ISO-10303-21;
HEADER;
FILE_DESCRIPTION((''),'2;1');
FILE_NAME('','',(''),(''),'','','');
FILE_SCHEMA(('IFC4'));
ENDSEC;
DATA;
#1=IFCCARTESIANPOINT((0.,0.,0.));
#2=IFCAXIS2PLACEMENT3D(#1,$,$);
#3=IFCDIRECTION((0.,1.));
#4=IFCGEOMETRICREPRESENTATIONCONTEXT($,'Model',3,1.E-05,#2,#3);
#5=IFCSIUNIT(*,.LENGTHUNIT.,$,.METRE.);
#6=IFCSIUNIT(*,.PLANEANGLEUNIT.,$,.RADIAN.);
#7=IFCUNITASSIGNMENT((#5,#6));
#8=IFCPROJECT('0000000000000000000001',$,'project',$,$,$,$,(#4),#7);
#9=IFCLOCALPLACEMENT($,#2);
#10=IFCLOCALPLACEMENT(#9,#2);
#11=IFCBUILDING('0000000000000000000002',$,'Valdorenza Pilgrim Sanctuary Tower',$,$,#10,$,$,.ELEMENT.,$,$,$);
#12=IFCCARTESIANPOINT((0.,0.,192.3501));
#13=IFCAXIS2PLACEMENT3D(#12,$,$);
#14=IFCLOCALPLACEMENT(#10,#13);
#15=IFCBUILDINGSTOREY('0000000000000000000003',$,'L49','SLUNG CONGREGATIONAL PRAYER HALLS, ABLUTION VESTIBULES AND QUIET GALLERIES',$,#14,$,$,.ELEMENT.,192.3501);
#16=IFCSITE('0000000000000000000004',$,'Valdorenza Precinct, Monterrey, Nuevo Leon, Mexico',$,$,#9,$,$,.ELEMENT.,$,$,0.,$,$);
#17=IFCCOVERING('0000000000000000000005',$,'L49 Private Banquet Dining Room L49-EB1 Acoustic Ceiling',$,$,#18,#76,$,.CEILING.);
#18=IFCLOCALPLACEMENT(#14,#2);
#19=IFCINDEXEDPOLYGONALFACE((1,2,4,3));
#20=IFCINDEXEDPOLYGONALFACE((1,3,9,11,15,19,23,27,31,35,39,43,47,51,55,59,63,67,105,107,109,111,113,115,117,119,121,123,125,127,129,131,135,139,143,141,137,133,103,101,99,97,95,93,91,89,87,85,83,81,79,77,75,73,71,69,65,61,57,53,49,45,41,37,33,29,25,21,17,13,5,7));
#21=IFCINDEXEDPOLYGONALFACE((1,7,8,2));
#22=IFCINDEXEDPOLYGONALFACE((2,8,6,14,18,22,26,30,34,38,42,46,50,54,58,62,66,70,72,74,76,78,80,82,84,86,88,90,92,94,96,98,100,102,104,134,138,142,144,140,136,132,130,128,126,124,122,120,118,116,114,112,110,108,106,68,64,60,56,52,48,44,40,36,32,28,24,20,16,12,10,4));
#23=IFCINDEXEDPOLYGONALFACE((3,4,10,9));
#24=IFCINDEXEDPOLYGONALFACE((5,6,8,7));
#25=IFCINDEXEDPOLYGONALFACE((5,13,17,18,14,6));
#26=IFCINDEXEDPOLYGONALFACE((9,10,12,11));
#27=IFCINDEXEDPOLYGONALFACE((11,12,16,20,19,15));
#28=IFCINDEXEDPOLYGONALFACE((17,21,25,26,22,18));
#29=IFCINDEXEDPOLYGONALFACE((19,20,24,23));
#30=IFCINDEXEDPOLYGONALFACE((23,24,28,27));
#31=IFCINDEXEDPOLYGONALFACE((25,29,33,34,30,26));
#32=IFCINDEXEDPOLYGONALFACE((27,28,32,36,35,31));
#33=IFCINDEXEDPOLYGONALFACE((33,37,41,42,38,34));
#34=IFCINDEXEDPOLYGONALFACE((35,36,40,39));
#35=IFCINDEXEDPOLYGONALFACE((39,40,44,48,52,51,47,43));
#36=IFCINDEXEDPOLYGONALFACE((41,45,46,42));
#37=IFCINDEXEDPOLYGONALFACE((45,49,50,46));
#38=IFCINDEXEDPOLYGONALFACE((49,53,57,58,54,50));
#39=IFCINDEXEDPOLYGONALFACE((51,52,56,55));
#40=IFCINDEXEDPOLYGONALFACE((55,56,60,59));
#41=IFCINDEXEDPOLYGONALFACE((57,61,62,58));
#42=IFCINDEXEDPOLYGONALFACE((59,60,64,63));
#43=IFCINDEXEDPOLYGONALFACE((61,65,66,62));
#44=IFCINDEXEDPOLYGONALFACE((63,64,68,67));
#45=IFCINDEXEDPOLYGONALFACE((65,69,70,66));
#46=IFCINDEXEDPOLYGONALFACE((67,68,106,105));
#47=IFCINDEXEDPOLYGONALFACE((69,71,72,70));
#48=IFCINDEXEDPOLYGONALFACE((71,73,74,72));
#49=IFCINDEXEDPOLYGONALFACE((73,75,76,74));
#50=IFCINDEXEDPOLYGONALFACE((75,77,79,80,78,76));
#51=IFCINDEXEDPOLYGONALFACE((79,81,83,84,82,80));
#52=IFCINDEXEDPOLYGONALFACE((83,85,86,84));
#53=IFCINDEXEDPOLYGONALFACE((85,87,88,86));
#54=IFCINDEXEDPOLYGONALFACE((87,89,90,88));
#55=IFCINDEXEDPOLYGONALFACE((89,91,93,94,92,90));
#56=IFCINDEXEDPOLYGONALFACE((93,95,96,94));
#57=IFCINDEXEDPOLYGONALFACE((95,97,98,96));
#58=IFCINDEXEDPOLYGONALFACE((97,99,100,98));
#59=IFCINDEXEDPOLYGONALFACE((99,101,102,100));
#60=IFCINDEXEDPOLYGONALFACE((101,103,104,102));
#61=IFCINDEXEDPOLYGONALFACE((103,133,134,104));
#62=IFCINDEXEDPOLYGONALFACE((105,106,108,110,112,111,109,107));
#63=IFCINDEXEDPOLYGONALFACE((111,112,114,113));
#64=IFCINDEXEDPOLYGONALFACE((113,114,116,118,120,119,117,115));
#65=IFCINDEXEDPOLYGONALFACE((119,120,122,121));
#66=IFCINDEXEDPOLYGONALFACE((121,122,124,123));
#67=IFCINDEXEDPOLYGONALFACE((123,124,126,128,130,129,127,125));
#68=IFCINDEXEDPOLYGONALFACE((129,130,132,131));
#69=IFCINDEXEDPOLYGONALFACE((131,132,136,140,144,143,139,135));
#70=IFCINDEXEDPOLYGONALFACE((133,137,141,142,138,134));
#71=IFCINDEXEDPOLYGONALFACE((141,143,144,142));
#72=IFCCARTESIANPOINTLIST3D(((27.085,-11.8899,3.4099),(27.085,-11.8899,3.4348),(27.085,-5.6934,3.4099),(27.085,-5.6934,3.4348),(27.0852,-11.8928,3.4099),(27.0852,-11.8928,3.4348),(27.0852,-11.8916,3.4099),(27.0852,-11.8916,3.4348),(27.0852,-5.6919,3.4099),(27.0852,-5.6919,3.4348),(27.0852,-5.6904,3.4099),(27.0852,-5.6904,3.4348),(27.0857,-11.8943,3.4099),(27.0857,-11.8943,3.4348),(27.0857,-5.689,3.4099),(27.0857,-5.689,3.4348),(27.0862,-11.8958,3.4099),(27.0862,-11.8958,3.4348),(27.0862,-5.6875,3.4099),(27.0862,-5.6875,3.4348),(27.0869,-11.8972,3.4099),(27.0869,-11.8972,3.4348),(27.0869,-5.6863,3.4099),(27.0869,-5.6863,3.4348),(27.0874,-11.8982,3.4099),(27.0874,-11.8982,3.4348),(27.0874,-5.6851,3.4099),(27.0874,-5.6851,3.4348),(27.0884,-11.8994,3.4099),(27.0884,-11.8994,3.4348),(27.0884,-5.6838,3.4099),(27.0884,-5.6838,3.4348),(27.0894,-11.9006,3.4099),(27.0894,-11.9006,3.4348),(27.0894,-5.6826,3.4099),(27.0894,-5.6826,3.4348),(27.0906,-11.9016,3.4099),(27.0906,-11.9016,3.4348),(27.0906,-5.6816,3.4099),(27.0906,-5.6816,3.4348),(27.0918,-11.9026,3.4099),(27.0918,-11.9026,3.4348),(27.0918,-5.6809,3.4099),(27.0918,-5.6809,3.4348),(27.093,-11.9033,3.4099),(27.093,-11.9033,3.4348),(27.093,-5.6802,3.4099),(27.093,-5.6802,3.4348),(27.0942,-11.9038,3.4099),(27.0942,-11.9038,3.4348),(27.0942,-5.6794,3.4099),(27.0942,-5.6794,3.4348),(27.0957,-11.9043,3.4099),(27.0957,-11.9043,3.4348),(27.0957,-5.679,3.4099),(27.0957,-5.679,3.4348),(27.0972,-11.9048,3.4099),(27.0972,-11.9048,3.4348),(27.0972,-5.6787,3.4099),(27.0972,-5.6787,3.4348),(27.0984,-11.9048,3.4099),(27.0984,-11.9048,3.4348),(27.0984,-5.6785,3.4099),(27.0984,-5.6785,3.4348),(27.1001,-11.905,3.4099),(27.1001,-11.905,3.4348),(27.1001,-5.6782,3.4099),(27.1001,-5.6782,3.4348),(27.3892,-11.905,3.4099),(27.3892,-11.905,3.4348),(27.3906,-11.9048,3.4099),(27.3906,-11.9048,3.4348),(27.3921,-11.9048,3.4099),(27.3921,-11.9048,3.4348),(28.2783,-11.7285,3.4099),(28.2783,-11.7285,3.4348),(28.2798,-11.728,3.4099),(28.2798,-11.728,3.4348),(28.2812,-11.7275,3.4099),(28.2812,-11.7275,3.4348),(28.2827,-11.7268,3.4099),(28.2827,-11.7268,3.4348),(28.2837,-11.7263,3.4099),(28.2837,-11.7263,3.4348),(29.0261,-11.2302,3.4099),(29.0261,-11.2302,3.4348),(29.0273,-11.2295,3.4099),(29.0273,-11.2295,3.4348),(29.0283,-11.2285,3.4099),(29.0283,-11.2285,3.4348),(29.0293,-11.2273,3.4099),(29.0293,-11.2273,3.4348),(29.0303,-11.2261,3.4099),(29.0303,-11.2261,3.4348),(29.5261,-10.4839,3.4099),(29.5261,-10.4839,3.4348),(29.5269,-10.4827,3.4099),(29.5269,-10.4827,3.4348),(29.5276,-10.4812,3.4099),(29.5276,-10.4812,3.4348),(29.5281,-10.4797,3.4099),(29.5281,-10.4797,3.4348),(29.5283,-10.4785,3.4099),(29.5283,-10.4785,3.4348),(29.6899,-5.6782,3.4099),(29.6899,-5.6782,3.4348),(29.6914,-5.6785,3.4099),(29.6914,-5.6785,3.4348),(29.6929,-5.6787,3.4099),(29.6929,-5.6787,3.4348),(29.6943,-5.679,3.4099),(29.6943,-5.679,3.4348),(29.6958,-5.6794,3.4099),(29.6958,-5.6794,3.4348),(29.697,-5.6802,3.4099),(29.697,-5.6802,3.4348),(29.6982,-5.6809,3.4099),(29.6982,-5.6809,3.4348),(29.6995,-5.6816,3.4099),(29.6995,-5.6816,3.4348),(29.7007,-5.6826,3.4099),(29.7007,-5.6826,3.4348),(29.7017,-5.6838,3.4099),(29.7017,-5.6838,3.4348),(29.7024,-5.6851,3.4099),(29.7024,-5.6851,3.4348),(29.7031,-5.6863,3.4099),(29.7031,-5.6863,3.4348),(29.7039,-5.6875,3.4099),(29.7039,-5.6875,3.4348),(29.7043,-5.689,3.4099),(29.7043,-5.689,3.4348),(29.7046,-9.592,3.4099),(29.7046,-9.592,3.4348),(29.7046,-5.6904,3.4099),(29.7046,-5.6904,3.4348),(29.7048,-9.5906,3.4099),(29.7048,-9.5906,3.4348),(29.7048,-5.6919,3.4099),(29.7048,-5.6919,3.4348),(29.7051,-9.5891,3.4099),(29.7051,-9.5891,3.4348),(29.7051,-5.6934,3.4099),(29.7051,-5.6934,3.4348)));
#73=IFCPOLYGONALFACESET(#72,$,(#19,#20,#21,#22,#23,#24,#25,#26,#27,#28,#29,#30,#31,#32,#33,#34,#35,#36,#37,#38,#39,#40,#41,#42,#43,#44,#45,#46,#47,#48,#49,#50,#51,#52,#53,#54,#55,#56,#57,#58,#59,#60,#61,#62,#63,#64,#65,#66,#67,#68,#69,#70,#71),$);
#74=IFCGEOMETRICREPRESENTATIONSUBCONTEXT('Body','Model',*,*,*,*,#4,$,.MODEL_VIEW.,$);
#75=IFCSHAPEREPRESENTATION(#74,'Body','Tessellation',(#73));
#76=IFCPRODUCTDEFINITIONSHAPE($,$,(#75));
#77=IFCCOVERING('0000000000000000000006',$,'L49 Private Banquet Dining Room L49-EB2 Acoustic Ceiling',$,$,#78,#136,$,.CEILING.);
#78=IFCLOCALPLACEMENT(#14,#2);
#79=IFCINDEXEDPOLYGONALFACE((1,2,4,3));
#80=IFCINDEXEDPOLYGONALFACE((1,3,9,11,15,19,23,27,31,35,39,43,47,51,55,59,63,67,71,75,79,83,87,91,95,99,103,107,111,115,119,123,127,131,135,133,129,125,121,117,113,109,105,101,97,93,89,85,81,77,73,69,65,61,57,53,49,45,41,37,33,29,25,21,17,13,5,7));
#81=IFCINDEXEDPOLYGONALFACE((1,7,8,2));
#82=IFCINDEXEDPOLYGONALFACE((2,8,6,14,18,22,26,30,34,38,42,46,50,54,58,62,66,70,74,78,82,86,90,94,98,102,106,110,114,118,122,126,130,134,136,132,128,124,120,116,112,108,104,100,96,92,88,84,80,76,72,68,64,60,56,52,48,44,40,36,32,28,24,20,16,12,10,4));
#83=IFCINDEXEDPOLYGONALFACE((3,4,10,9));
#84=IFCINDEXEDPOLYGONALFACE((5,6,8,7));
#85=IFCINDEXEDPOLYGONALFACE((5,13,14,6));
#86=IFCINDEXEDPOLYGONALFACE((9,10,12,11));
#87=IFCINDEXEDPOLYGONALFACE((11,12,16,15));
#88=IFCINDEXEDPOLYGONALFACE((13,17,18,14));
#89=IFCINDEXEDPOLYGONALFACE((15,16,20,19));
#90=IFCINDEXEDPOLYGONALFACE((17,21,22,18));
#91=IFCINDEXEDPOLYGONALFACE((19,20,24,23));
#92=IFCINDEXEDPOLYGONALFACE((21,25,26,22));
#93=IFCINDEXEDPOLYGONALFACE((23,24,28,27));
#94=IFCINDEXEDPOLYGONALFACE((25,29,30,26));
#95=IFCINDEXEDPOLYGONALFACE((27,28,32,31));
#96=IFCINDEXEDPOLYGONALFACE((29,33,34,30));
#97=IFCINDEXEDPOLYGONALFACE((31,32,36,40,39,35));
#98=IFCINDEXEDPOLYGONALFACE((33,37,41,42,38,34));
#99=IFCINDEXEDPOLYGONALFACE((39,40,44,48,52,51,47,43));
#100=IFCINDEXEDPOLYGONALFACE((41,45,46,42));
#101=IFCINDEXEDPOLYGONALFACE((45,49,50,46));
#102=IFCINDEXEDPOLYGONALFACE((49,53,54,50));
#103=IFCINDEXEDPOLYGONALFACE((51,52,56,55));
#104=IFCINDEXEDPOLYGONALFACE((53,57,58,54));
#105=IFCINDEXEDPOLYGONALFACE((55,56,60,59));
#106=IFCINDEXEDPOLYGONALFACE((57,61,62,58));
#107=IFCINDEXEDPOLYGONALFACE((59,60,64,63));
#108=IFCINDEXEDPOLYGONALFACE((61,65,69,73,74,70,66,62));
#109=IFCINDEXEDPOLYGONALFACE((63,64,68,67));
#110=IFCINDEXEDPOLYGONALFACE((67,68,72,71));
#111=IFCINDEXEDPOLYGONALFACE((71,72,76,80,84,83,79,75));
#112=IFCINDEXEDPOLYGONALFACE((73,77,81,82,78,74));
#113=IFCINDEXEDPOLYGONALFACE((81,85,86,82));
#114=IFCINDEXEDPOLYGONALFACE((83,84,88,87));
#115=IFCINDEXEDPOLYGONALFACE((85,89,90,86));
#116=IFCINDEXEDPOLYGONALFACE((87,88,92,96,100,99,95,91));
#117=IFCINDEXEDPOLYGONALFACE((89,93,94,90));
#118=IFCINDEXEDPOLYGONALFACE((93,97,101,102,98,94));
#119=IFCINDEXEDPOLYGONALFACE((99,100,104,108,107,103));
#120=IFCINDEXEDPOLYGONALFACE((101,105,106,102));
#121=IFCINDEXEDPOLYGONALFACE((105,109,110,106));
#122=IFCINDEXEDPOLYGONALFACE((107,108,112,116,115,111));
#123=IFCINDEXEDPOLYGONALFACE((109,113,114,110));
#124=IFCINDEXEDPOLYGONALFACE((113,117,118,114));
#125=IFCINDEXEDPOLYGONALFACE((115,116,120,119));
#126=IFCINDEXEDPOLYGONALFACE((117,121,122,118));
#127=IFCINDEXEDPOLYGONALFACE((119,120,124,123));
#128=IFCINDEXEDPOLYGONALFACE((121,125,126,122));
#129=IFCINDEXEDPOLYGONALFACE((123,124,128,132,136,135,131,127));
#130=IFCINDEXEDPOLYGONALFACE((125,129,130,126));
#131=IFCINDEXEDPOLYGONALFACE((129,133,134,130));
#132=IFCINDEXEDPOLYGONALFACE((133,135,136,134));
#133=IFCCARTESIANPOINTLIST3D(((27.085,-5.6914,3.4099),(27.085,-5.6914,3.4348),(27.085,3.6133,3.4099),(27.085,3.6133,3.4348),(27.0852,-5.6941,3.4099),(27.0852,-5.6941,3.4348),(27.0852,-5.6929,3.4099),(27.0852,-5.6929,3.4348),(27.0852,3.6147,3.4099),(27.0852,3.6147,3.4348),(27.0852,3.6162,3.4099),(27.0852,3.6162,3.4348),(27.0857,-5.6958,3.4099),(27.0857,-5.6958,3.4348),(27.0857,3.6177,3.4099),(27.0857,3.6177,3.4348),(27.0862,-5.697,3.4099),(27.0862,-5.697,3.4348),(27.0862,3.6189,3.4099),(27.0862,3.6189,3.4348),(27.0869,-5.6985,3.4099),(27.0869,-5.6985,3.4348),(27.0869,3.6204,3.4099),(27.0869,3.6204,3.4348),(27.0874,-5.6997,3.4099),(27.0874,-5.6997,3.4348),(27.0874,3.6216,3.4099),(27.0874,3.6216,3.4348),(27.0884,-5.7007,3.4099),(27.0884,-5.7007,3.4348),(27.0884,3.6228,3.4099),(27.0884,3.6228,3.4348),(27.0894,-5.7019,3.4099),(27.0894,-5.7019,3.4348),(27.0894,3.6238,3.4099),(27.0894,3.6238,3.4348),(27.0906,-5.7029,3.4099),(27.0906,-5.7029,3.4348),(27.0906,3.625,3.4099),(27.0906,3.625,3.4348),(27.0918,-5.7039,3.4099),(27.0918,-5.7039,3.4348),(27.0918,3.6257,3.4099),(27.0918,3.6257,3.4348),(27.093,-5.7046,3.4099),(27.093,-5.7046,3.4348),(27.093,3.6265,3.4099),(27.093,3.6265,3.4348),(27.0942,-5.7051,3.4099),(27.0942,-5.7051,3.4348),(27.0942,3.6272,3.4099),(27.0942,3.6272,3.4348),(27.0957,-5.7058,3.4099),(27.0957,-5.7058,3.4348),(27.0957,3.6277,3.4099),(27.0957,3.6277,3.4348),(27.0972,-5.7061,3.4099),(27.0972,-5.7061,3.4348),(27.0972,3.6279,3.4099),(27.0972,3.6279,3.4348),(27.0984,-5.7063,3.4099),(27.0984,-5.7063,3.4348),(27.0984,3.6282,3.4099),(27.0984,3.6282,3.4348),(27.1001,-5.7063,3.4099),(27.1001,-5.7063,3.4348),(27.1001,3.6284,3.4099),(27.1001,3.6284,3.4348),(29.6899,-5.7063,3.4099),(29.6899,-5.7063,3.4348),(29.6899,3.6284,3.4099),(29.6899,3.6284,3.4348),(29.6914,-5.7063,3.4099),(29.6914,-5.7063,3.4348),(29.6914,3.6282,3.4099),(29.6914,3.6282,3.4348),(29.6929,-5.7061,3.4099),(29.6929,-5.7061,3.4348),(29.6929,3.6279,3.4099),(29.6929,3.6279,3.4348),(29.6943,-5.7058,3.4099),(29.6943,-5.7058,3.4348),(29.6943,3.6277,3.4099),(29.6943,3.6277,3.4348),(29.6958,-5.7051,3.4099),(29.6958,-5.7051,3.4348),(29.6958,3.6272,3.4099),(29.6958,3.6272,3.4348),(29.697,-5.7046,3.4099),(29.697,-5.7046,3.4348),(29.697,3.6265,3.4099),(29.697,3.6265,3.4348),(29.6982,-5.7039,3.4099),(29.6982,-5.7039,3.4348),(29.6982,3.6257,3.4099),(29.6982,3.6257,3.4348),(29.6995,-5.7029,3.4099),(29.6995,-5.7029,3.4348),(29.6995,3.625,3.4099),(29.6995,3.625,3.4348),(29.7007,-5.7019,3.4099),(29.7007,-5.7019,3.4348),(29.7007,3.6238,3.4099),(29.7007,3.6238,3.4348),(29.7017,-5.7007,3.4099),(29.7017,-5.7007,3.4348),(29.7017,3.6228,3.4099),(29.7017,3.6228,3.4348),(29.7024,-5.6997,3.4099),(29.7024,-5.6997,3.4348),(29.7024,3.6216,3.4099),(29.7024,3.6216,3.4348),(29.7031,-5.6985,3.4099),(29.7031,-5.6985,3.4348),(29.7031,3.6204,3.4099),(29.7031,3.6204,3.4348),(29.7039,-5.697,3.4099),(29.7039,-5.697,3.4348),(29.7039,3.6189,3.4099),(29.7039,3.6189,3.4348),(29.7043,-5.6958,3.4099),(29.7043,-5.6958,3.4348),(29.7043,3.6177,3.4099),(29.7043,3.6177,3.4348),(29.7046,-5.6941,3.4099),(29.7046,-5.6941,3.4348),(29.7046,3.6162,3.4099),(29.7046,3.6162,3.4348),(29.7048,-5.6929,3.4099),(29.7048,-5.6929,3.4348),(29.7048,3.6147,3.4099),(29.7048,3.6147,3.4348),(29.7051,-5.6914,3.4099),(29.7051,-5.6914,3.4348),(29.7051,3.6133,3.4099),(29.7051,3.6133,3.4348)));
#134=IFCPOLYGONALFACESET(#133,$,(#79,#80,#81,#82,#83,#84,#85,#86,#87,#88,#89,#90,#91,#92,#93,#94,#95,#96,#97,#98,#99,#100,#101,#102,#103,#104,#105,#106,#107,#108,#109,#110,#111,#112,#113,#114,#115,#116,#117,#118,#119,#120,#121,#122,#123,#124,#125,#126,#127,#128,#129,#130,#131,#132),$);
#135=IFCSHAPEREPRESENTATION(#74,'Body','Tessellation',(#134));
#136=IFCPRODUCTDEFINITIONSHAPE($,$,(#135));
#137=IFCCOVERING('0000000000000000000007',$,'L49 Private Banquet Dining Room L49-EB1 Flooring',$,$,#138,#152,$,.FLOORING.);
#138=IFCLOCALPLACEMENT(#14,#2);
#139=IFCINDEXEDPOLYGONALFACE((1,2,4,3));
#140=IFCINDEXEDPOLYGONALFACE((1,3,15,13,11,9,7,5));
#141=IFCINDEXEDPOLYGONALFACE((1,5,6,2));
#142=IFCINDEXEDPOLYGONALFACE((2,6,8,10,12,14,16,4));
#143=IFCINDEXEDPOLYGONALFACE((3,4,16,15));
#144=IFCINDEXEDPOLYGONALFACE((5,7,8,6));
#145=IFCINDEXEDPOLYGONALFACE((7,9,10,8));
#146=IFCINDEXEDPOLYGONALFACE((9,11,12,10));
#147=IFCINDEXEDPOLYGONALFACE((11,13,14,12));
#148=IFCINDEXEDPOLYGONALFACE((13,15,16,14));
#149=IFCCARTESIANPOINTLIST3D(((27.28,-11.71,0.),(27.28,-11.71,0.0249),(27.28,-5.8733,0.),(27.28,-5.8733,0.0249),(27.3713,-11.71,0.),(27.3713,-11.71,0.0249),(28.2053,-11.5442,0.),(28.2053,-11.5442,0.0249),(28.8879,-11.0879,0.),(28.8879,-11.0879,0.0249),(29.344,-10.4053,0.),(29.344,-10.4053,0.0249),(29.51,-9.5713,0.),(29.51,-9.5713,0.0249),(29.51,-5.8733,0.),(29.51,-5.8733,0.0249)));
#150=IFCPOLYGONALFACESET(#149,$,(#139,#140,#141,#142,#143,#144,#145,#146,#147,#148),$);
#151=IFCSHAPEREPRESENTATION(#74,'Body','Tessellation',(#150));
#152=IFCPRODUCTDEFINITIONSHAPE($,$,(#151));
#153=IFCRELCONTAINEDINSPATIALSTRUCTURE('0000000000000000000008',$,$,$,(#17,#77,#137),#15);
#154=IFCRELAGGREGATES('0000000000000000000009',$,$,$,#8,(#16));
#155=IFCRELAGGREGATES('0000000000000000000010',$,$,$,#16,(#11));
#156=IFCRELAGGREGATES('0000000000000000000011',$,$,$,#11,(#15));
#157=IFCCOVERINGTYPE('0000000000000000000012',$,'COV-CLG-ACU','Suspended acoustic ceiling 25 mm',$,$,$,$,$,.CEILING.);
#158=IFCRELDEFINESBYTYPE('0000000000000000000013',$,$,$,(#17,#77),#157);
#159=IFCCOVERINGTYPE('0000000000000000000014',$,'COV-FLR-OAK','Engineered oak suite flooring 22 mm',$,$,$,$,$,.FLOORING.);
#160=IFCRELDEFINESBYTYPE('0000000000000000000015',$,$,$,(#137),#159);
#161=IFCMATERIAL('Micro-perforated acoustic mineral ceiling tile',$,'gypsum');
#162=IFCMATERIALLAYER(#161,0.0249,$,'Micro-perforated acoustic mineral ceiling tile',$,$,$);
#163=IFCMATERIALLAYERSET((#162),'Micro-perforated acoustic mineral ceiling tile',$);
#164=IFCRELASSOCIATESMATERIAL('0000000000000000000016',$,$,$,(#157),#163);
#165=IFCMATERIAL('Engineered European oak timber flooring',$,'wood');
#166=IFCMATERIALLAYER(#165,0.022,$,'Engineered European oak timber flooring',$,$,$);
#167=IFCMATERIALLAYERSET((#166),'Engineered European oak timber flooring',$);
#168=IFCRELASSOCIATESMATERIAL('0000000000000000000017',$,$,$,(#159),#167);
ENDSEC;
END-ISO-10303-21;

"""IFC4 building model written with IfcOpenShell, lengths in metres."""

from ifc_helpers import new_model, si_unit, direction, frame, origin, place, context, subcontext, project, spatial, polyline, outline, extrude, material, layer, layer_set, type_object, element, save


model = new_model("IFC4")

# Units and contexts
model_context = context("Model", 3, precision=1e-05, world=origin(), true_north=direction((0.0, 1.0)))
body_context = subcontext(model_context, "Body", "Model", "MODEL_VIEW")
ifc_project = project(units=[si_unit("LENGTHUNIT", "METRE"), si_unit("PLANEANGLEUNIT", "RADIAN")], contexts=[model_context])

# Site, building, storey
site_placement = place(None, origin())
site = spatial("IfcSite", under=ifc_project, at=site_placement, Name="Valdorenza Precinct, Monterrey, Nuevo Leon, Mexico", CompositionType="ELEMENT", RefElevation=0.0)
building_placement = place(site_placement, origin())
building = spatial("IfcBuilding", under=site, at=building_placement, Name="Valdorenza Pilgrim Sanctuary Tower", CompositionType="ELEMENT")
storey_placement = place(building_placement, frame((0.0, 0.0, 192.3501)))
storey = spatial("IfcBuildingStorey", under=building, at=storey_placement, Name="L49", Description="SLUNG CONGREGATIONAL PRAYER HALLS, ABLUTION VESTIBULES AND QUIET GALLERIES", CompositionType="ELEMENT", Elevation=192.3501)

# Coverings
ifc_material_1 = material(Name="Micro-perforated acoustic mineral ceiling tile", Category="gypsum")
ifc_layer_1 = layer(ifc_material_1, 0.0249, Name="Micro-perforated acoustic mineral ceiling tile")
ifc_layer_set_1 = layer_set([ifc_layer_1], Name="Micro-perforated acoustic mineral ceiling tile")
covering_type_1 = type_object("IfcCoveringType", Name="COV-CLG-ACU", Description="Suspended acoustic ceiling 25 mm", PredefinedType="CEILING", material=ifc_layer_set_1)
covering_1_placement = place(storey_placement, frame((0.0, 0.0, 3.4099)))
element("IfcCovering", 1, at=covering_1_placement, inside=storey, type_object=covering_type_1, Name="L49 Private Banquet Dining Room L49-EB1 Acoustic Ceiling", PredefinedType="CEILING", context=body_context, shape_type="SweptSolid", body=[
    extrude(outline(polyline([(29.6899, -5.6782), (29.6914, -5.6785), (29.6929, -5.6787), (29.6943, -5.679), (29.6958, -5.6794), (29.697, -5.6802), (29.6982, -5.6809), (29.6995, -5.6816), (29.7007, -5.6826), (29.7017, -5.6838), (29.7024, -5.6851), (29.7031, -5.6863), (29.7039, -5.6875), (29.7043, -5.689), (29.7046, -5.6904), (29.7048, -5.6919), (29.7051, -5.6934), (29.7051, -9.5891), (29.7048, -9.5906), (29.7046, -9.592), (29.5283, -10.4785), (29.5281, -10.4797), (29.5276, -10.4812), (29.5269, -10.4827), (29.5261, -10.4839), (29.0303, -11.2261), (29.0293, -11.2273), (29.0283, -11.2285), (29.0273, -11.2295), (29.0261, -11.2302), (28.2837, -11.7263), (28.2827, -11.7268), (28.2812, -11.7275), (28.2798, -11.728), (28.2783, -11.7285), (27.3921, -11.9048), (27.3906, -11.9048), (27.3892, -11.905), (27.1001, -11.905), (27.0984, -11.9048), (27.0972, -11.9048), (27.0957, -11.9043), (27.0942, -11.9038), (27.093, -11.9033), (27.0918, -11.9026), (27.0906, -11.9016), (27.0894, -11.9006), (27.0884, -11.8994), (27.0874, -11.8982), (27.0869, -11.8972), (27.0862, -11.8958), (27.0857, -11.8943), (27.0852, -11.8928), (27.0852, -11.8916), (27.085, -11.8899), (27.085, -5.6934), (27.0852, -5.6919), (27.0852, -5.6904), (27.0857, -5.689), (27.0862, -5.6875), (27.0869, -5.6863), (27.0874, -5.6851), (27.0884, -5.6838), (27.0894, -5.6826), (27.0906, -5.6816), (27.0918, -5.6809), (27.093, -5.6802), (27.0942, -5.6794), (27.0957, -5.679), (27.0972, -5.6787), (27.0984, -5.6785), (27.1001, -5.6782), (29.6899, -5.6782)])), origin(), (0.0, 0.0, 1.0), 0.0249),
])
covering_2_placement = place(storey_placement, frame((0.0, 0.0, 3.4099)))
element("IfcCovering", 2, at=covering_2_placement, inside=storey, type_object=covering_type_1, Name="L49 Private Banquet Dining Room L49-EB2 Acoustic Ceiling", PredefinedType="CEILING", context=body_context, shape_type="SweptSolid", body=[
    extrude(outline(polyline([(27.085, 3.6133), (27.0852, 3.6147), (27.0852, 3.6162), (27.0857, 3.6177), (27.0862, 3.6189), (27.0869, 3.6204), (27.0874, 3.6216), (27.0884, 3.6228), (27.0894, 3.6238), (27.0906, 3.625), (27.0918, 3.6257), (27.093, 3.6265), (27.0942, 3.6272), (27.0957, 3.6277), (27.0972, 3.6279), (27.0984, 3.6282), (27.1001, 3.6284), (29.6899, 3.6284), (29.6914, 3.6282), (29.6929, 3.6279), (29.6943, 3.6277), (29.6958, 3.6272), (29.697, 3.6265), (29.6982, 3.6257), (29.6995, 3.625), (29.7007, 3.6238), (29.7017, 3.6228), (29.7024, 3.6216), (29.7031, 3.6204), (29.7039, 3.6189), (29.7043, 3.6177), (29.7046, 3.6162), (29.7048, 3.6147), (29.7051, 3.6133), (29.7051, -5.6914), (29.7048, -5.6929), (29.7046, -5.6941), (29.7043, -5.6958), (29.7039, -5.697), (29.7031, -5.6985), (29.7024, -5.6997), (29.7017, -5.7007), (29.7007, -5.7019), (29.6995, -5.7029), (29.6982, -5.7039), (29.697, -5.7046), (29.6958, -5.7051), (29.6943, -5.7058), (29.6929, -5.7061), (29.6914, -5.7063), (29.6899, -5.7063), (27.1001, -5.7063), (27.0984, -5.7063), (27.0972, -5.7061), (27.0957, -5.7058), (27.0942, -5.7051), (27.093, -5.7046), (27.0918, -5.7039), (27.0906, -5.7029), (27.0894, -5.7019), (27.0884, -5.7007), (27.0874, -5.6997), (27.0869, -5.6985), (27.0862, -5.697), (27.0857, -5.6958), (27.0852, -5.6941), (27.0852, -5.6929), (27.085, -5.6914), (27.085, 3.6133)])), origin(), (0.0, 0.0, 1.0), 0.0249),
])
ifc_material_2 = material(Name="Engineered European oak timber flooring", Category="wood")
ifc_layer_2 = layer(ifc_material_2, 0.022, Name="Engineered European oak timber flooring")
ifc_layer_set_2 = layer_set([ifc_layer_2], Name="Engineered European oak timber flooring")
covering_type_2 = type_object("IfcCoveringType", Name="COV-FLR-OAK", Description="Engineered oak suite flooring 22 mm", PredefinedType="FLOORING", material=ifc_layer_set_2)
covering_3_placement = place(storey_placement, origin())
element("IfcCovering", 3, at=covering_3_placement, inside=storey, type_object=covering_type_2, Name="L49 Private Banquet Dining Room L49-EB1 Flooring", PredefinedType="FLOORING", context=body_context, shape_type="SweptSolid", body=[
    extrude(outline(polyline([(29.51, -5.8733), (29.51, -9.5713), (29.344, -10.4053), (28.8879, -11.0879), (28.2053, -11.5442), (27.3713, -11.71), (27.28, -11.71), (27.28, -5.8733), (29.51, -5.8733)])), origin(), (0.0, 0.0, 1.0), 0.0249),
])

save(model, "model.ifc")
